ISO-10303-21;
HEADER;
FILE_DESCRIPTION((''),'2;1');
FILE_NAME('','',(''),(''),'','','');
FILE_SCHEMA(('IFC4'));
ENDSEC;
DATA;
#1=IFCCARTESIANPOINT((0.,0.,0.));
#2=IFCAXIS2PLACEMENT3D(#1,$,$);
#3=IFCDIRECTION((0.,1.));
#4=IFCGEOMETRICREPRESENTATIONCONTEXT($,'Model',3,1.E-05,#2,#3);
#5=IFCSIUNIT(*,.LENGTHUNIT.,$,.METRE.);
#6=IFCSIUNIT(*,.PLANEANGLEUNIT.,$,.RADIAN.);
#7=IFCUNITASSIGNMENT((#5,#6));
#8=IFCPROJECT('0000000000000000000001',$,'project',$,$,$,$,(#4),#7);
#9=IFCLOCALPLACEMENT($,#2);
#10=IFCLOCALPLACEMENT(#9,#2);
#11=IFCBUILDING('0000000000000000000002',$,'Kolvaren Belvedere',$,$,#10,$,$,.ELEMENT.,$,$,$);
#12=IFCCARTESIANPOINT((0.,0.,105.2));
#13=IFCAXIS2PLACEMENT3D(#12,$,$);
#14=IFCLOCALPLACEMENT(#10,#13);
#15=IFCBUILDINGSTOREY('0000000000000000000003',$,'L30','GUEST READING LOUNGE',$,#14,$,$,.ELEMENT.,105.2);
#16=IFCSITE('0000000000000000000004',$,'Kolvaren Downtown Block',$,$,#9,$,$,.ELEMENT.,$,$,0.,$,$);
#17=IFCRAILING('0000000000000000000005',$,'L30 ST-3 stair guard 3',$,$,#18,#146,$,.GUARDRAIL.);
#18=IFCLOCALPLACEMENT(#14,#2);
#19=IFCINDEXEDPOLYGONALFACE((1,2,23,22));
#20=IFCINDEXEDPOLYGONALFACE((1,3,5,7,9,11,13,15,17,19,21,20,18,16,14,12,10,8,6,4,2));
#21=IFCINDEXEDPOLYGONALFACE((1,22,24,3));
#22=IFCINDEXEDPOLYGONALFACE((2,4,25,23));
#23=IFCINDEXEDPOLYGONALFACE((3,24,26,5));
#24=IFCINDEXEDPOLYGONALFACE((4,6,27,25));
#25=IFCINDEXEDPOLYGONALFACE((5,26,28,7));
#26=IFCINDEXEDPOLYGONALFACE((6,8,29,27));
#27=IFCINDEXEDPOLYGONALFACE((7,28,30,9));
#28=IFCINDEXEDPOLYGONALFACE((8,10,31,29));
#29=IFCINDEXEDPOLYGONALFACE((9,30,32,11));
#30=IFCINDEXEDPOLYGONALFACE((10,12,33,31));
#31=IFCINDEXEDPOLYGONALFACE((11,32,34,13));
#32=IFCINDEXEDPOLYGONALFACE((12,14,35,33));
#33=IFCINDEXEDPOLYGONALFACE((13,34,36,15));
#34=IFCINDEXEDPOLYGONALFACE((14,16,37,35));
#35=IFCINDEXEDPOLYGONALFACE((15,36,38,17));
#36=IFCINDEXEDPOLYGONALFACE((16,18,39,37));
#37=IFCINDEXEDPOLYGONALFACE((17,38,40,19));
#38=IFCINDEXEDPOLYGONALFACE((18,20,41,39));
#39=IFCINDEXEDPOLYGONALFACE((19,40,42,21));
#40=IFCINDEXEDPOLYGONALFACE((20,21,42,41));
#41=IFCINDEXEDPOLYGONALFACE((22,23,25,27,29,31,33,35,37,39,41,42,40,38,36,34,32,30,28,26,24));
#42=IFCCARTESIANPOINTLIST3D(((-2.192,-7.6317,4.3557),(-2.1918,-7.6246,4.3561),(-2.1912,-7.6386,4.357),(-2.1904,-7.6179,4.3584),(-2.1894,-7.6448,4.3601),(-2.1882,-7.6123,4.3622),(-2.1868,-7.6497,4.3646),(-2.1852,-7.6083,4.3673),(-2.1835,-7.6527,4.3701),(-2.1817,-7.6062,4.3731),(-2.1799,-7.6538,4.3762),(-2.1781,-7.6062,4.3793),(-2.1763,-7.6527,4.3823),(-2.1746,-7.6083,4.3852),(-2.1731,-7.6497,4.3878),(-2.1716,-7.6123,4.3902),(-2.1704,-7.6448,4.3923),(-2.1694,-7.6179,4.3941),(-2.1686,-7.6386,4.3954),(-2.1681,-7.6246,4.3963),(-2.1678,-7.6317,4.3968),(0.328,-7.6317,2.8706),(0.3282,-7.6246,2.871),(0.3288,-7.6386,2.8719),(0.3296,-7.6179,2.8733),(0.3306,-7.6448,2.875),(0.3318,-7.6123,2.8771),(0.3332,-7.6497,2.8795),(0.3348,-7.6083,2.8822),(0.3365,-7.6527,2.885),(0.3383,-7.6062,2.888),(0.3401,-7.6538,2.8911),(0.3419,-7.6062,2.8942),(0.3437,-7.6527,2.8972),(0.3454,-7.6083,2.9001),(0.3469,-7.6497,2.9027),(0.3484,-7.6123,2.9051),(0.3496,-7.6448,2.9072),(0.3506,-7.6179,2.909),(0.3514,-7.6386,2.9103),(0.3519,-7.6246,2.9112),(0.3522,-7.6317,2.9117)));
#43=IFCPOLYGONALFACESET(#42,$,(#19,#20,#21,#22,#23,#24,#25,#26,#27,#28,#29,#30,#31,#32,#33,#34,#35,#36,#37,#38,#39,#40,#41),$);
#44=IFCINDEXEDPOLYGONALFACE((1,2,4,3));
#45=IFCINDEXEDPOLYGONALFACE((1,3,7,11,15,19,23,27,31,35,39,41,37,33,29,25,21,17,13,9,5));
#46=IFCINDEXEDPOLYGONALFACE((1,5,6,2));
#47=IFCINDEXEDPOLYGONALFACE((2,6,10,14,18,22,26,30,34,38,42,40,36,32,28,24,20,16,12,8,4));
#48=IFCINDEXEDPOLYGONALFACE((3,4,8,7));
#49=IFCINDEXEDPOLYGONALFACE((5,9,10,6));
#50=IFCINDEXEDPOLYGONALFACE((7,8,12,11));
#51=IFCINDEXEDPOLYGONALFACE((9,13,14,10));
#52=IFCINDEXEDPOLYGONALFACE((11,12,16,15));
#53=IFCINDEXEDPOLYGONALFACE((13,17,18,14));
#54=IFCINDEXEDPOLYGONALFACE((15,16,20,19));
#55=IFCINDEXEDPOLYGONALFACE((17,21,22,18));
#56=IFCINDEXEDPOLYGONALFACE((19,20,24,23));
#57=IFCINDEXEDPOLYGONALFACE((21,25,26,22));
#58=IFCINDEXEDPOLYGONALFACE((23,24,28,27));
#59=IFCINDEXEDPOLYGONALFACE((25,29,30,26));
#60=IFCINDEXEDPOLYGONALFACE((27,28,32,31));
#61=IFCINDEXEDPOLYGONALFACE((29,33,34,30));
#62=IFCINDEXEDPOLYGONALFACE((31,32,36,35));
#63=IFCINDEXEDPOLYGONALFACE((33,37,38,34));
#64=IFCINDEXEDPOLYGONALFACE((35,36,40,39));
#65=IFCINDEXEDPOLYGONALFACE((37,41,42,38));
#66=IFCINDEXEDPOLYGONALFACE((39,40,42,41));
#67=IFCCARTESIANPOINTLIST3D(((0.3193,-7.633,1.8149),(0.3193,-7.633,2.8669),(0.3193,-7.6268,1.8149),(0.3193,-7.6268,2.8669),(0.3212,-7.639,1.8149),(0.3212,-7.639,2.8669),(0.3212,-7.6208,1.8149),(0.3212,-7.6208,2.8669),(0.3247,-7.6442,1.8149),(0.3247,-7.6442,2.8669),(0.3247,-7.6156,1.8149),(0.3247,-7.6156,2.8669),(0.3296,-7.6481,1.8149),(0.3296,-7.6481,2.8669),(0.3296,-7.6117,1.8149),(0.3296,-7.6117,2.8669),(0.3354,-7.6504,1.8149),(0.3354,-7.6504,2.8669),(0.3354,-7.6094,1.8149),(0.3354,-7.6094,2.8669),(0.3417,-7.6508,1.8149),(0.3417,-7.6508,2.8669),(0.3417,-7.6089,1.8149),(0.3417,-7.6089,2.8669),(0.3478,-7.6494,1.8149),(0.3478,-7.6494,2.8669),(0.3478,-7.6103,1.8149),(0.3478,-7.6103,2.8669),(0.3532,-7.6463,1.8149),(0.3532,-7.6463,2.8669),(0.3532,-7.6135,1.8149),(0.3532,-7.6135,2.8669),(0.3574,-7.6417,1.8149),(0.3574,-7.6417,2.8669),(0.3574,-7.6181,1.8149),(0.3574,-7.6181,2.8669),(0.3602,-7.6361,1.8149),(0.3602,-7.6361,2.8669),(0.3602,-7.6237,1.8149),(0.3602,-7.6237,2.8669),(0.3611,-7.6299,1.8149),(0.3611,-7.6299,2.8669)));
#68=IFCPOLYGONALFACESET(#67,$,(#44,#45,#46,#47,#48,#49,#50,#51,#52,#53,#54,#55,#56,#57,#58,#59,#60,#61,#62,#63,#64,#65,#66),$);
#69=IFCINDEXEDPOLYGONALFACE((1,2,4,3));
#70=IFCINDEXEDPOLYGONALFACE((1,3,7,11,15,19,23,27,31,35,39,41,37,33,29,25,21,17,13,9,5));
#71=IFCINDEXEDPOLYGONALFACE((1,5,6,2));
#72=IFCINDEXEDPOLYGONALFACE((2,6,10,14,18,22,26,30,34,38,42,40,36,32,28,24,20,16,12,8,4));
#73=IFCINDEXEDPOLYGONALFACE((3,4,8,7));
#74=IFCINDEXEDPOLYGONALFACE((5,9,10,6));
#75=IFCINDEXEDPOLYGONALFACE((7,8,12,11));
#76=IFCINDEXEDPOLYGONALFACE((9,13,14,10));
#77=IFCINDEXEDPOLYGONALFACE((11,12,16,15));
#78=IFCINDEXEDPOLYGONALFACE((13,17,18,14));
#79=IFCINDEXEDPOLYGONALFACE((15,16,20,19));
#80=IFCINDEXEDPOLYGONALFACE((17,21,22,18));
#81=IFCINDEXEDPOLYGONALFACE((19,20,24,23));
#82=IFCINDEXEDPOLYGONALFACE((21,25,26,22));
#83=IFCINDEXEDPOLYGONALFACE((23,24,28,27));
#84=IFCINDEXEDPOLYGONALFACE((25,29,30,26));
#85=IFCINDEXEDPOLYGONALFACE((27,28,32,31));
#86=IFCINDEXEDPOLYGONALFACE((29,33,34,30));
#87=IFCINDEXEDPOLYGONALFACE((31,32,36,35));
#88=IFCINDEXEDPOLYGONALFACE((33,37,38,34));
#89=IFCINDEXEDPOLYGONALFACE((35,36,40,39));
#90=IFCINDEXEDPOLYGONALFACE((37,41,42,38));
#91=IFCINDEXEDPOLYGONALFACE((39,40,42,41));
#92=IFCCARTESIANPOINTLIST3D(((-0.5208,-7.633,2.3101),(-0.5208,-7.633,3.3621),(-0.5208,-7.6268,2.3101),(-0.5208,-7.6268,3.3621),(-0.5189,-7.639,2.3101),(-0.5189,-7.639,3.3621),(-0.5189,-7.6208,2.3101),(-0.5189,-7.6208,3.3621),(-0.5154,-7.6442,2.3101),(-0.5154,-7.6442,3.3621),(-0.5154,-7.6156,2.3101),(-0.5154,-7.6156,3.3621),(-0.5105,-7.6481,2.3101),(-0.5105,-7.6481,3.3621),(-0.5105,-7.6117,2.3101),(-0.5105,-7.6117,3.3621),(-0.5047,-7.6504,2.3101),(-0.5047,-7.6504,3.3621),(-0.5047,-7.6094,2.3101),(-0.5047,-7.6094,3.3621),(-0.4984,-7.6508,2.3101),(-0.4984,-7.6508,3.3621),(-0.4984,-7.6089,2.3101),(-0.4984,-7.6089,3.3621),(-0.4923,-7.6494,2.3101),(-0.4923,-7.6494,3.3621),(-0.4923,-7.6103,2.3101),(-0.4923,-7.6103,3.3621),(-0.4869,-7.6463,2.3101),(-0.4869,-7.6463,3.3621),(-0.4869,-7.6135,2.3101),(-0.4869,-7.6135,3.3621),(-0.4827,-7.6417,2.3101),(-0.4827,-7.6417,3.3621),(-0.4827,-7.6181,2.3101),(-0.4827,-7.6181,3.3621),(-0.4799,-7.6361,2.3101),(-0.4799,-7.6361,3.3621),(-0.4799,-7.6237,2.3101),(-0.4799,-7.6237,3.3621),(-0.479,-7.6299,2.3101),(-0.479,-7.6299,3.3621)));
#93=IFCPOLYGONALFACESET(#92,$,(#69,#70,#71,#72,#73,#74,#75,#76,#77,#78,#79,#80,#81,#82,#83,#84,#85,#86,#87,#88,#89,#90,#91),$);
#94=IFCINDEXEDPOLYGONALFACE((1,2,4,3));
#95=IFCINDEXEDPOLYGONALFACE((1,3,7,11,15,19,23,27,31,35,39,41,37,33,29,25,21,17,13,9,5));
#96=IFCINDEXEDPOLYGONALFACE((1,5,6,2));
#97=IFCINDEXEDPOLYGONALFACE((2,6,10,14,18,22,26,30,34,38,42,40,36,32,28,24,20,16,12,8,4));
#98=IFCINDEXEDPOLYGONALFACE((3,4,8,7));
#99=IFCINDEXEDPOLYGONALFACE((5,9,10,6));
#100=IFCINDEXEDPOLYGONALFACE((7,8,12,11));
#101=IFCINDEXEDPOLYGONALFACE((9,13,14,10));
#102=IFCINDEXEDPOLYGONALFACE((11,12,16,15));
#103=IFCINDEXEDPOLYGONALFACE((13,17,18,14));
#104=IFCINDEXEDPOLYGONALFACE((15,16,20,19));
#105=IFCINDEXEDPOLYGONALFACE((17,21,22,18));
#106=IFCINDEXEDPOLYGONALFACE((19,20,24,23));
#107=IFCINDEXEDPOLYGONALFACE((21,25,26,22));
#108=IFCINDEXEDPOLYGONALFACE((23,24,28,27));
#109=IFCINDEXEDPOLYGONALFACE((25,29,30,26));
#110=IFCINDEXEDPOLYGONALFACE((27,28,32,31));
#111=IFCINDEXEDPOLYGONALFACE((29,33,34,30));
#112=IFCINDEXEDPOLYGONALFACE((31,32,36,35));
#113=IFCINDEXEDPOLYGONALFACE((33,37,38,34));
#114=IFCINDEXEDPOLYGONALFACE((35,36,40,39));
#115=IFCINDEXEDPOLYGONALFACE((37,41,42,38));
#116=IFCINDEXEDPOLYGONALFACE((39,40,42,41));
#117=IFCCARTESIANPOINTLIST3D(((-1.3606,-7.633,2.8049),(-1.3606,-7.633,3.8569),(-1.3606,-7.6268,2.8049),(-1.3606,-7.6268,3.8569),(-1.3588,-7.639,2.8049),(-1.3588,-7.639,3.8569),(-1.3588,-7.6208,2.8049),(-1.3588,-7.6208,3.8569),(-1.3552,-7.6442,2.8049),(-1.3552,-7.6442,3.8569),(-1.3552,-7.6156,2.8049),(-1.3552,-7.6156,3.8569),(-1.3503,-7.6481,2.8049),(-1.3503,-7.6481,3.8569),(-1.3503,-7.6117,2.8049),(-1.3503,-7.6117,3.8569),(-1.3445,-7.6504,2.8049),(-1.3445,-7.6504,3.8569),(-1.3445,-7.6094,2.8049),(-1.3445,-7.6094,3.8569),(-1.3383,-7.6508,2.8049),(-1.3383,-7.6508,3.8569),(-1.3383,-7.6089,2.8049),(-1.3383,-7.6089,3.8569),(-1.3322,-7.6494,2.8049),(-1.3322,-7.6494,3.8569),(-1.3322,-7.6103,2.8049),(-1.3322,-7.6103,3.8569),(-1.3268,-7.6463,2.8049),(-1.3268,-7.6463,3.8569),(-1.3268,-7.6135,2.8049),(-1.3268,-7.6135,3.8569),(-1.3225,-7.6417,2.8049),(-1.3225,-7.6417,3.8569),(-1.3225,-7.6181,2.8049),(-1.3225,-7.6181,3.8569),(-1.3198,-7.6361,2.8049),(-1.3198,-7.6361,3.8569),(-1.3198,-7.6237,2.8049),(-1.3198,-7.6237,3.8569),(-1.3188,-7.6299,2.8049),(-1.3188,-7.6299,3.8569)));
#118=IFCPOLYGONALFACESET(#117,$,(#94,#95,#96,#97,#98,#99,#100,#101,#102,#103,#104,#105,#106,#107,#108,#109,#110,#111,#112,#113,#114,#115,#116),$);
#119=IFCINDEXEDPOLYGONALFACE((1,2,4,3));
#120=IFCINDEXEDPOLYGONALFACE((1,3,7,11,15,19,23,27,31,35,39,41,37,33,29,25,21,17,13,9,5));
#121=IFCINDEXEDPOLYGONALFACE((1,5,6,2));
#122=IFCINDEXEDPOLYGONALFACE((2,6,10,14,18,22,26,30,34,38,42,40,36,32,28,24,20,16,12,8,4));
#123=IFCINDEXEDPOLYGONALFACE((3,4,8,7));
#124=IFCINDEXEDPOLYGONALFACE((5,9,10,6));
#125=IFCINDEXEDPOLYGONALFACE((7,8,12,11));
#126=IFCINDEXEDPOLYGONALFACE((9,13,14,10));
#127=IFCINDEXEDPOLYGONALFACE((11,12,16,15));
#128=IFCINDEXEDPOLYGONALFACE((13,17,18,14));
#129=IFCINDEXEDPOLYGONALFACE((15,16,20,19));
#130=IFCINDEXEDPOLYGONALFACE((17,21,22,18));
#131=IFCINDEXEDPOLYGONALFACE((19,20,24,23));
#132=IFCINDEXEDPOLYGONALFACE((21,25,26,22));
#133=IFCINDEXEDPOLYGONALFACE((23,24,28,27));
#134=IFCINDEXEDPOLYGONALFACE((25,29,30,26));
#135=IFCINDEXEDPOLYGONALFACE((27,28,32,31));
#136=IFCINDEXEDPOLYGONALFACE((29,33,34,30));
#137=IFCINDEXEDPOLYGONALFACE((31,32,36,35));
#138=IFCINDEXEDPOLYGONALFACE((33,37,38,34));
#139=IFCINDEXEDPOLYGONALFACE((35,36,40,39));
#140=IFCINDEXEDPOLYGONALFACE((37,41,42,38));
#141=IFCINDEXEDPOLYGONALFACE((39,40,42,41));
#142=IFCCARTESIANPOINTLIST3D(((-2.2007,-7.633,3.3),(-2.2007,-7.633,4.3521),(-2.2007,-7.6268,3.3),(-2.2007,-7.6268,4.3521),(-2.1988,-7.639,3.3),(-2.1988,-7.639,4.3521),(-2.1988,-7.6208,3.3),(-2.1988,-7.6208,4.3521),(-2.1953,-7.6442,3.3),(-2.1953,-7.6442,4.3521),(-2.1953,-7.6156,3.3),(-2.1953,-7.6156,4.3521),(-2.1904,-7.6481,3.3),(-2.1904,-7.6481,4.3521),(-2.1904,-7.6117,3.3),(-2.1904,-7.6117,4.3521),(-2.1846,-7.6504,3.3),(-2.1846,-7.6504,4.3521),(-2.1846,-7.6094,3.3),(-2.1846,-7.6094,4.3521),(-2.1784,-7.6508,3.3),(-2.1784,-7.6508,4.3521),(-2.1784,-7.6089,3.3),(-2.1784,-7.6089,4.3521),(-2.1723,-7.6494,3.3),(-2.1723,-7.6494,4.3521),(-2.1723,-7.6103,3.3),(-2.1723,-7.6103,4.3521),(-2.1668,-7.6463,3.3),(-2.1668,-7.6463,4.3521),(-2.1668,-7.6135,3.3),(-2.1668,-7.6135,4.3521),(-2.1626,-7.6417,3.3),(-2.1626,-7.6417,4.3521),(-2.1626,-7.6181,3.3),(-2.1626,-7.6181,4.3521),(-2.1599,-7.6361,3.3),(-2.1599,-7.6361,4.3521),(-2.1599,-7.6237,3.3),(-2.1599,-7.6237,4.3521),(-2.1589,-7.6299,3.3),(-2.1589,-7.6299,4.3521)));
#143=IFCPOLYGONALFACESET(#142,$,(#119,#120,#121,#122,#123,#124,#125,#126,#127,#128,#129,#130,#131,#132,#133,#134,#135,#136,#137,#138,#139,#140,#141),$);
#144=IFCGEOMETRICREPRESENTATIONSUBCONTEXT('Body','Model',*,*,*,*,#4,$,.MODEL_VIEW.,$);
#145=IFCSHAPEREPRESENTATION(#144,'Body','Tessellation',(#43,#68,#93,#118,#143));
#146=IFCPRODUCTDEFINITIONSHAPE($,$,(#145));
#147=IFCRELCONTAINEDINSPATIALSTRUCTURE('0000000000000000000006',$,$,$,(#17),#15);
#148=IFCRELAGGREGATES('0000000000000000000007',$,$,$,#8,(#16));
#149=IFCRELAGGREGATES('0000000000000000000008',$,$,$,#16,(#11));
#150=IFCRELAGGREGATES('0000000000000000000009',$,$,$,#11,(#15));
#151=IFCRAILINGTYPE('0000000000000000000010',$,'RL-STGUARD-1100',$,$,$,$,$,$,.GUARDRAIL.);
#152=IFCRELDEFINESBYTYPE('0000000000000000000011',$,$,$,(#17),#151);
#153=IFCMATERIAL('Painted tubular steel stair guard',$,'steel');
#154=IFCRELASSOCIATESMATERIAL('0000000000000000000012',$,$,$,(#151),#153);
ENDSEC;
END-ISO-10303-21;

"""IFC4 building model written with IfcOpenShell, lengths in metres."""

from ifc_helpers import new_model, si_unit, direction, frame, origin, origin_2d, place, context, subcontext, project, spatial, circle, extrude, material, type_object, element, save


model = new_model("IFC4")

# Units and contexts
model_context = context("Model", 3, precision=1e-05, world=origin(), true_north=direction((0.0, 1.0)))
body_context = subcontext(model_context, "Body", "Model", "MODEL_VIEW")
ifc_project = project(units=[si_unit("LENGTHUNIT", "METRE"), si_unit("PLANEANGLEUNIT", "RADIAN")], contexts=[model_context])

# Site, building, storey
site_placement = place(None, origin())
site = spatial("IfcSite", under=ifc_project, at=site_placement, Name="Kolvaren Downtown Block", CompositionType="ELEMENT", RefElevation=0.0)
building_placement = place(site_placement, origin())
building = spatial("IfcBuilding", under=site, at=building_placement, Name="Kolvaren Belvedere", CompositionType="ELEMENT")
storey_placement = place(building_placement, frame((0.0, 0.0, 105.2)))
storey = spatial("IfcBuildingStorey", under=building, at=storey_placement, Name="L30", Description="GUEST READING LOUNGE", CompositionType="ELEMENT", Elevation=105.2)

# Railing
ifc_material_1 = material(Name="Painted tubular steel stair guard", Category="steel")
railing_type_1 = type_object("IfcRailingType", Name="RL-STGUARD-1100", PredefinedType="GUARDRAIL", material=ifc_material_1)
railing_1_placement = place(storey_placement, frame((0.3401, -7.6299, 1.8149)))
element("IfcRailing", 1, at=railing_1_placement, inside=storey, type_object=railing_type_1, Name="L30 ST-3 stair guard 3", PredefinedType="GUARDRAIL", context=body_context, shape_type="SweptSolid", body=[
    extrude(circle(Radius=0.0239, at=origin_2d()), frame((0.0, 0.0, 1.0762), z_axis=(-0.861524, 0.0, 0.507717), x_axis=(0.0, -1.0, 0.0)), (0.0, 0.0, 1.0), 2.925),
    extrude(circle(Radius=0.021, at=origin_2d()), origin(), (0.0, 0.0, 1.0), 1.052),
    extrude(circle(Radius=0.021, at=origin_2d()), frame((-0.8401, 0.0, 0.4951)), (0.0, 0.0, 1.0), 1.052),
    extrude(circle(Radius=0.021, at=origin_2d()), frame((-1.6799, 0.0, 0.99)), (0.0, 0.0, 1.0), 1.052),
    extrude(circle(Radius=0.021, at=origin_2d()), frame((-2.52, 0.0, 1.4851)), (0.0, 0.0, 1.0), 1.052),
])

save(model, "model.ifc")
